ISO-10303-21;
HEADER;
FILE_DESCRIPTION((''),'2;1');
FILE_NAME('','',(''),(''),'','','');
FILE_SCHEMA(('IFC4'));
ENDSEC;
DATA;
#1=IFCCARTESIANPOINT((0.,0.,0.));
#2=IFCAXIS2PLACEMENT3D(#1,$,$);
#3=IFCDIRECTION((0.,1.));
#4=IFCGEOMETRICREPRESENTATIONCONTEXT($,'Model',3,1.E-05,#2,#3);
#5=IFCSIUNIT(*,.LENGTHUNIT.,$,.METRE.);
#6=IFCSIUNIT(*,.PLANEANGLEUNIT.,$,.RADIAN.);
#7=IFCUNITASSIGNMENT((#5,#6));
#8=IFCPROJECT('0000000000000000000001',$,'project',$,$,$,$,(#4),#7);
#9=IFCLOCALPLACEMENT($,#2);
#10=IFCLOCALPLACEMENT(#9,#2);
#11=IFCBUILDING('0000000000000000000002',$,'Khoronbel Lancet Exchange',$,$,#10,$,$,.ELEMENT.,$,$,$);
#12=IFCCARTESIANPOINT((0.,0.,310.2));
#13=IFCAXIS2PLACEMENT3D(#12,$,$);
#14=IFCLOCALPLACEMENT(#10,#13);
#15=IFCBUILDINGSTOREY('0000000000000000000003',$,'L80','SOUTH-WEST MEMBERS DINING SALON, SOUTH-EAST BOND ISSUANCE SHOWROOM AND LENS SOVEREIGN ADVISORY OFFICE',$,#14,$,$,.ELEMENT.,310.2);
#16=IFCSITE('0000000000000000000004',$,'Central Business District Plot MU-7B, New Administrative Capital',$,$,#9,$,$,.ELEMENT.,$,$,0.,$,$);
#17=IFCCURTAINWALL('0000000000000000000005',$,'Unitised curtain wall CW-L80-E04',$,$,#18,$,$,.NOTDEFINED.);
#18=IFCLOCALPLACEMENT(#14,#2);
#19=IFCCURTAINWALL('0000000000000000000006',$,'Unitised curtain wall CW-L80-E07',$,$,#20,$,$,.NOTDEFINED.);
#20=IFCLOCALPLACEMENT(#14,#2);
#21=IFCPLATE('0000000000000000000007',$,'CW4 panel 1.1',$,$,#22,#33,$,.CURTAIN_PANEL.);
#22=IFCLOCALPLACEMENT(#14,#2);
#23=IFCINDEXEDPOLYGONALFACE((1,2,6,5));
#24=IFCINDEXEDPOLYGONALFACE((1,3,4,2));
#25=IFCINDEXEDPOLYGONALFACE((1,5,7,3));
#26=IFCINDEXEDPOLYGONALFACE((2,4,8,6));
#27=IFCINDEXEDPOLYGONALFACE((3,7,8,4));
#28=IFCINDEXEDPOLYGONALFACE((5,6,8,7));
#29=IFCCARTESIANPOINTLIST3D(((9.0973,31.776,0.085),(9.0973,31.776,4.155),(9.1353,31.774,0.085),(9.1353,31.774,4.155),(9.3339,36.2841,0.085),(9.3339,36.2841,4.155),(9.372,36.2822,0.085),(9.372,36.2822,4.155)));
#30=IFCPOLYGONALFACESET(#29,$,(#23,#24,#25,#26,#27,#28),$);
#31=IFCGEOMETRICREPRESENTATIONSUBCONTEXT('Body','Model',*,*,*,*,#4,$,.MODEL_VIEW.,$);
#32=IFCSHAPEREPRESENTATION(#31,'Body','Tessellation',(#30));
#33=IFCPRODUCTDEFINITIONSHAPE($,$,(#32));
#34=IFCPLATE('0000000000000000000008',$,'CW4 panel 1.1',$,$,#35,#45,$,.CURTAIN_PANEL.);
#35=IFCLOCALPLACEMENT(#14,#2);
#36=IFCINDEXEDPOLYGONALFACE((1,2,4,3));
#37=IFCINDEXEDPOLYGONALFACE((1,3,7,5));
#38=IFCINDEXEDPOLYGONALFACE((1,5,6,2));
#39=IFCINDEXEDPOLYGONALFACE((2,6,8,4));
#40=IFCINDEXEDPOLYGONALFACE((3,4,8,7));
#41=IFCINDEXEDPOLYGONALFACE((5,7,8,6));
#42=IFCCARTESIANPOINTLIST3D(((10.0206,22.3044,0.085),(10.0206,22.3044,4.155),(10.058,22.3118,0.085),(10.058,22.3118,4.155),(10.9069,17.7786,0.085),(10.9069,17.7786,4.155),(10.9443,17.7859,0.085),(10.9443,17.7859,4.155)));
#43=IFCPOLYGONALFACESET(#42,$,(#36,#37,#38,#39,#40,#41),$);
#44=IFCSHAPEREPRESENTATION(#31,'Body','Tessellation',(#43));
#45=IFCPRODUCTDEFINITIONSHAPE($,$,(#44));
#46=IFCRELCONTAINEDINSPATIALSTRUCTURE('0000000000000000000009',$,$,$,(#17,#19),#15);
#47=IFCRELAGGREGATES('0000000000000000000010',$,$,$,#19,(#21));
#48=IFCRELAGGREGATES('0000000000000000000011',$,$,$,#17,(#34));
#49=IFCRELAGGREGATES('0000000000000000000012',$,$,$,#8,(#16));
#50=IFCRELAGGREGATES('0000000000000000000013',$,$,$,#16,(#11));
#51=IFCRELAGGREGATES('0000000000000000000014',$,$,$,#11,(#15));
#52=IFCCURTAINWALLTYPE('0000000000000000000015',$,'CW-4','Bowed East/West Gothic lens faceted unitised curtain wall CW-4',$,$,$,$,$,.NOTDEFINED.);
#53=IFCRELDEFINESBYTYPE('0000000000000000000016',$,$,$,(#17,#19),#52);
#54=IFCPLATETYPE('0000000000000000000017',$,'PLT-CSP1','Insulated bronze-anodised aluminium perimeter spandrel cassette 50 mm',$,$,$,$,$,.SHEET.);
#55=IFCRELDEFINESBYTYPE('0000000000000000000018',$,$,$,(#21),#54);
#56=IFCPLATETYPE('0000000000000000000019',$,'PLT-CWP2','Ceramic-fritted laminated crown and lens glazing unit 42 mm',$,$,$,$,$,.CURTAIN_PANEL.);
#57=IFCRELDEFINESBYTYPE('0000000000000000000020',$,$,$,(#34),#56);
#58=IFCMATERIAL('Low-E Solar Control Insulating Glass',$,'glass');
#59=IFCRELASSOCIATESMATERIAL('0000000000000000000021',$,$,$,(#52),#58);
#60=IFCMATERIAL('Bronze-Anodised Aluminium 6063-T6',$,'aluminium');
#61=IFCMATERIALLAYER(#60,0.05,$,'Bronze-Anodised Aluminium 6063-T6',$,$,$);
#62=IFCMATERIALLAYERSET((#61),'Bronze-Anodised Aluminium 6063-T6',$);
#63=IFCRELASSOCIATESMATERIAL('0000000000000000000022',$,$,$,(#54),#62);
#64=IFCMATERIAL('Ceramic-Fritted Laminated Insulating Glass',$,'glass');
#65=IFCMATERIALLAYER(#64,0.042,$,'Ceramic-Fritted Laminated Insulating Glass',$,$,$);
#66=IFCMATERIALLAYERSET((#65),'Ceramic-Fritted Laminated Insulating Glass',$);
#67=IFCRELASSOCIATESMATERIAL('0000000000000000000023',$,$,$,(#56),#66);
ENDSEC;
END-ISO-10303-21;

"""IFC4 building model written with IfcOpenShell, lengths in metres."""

from ifc_helpers import new_model, si_unit, direction, frame, origin, origin_2d, place, context, subcontext, project, spatial, rectangle, extrude, material, layer, layer_set, type_object, element, aggregate, save


model = new_model("IFC4")

# Units and contexts
model_context = context("Model", 3, precision=1e-05, world=origin(), true_north=direction((0.0, 1.0)))
body_context = subcontext(model_context, "Body", "Model", "MODEL_VIEW")
ifc_project = project(units=[si_unit("LENGTHUNIT", "METRE"), si_unit("PLANEANGLEUNIT", "RADIAN")], contexts=[model_context])

# Site, building, storey
site_placement = place(None, origin())
site = spatial("IfcSite", under=ifc_project, at=site_placement, Name="Central Business District Plot MU-7B, New Administrative Capital", CompositionType="ELEMENT", RefElevation=0.0)
building_placement = place(site_placement, origin())
building = spatial("IfcBuilding", under=site, at=building_placement, Name="Khoronbel Lancet Exchange", CompositionType="ELEMENT")
storey_placement = place(building_placement, frame((0.0, 0.0, 310.2)))
storey = spatial("IfcBuildingStorey", under=building, at=storey_placement, Name="L80", Description="SOUTH-WEST MEMBERS DINING SALON, SOUTH-EAST BOND ISSUANCE SHOWROOM AND LENS SOVEREIGN ADVISORY OFFICE", CompositionType="ELEMENT", Elevation=310.2)

# Curtain wall
ifc_material_1 = material(Name="Low-E Solar Control Insulating Glass", Category="glass")
curtain_wall_type = type_object("IfcCurtainWallType", Name="CW-4", Description="Bowed East/West Gothic lens faceted unitised curtain wall CW-4", PredefinedType="NOTDEFINED", material=ifc_material_1)
curtain_wall_1_placement = place(storey_placement, origin())
curtain_wall_1 = element("IfcCurtainWall", 1, at=curtain_wall_1_placement, inside=storey, type_object=curtain_wall_type, Name="Unitised curtain wall CW-L80-E04", PredefinedType="NOTDEFINED")
ifc_material_2 = material(Name="Bronze-Anodised Aluminium 6063-T6", Category="aluminium")

# Curtain wall
curtain_wall_2_placement = place(storey_placement, origin())
curtain_wall_2 = element("IfcCurtainWall", 2, at=curtain_wall_2_placement, inside=storey, type_object=curtain_wall_type, Name="Unitised curtain wall CW-L80-E07", PredefinedType="NOTDEFINED")

# Plates
ifc_layer_1 = layer(ifc_material_2, 0.05, Name="Bronze-Anodised Aluminium 6063-T6")
ifc_layer_set_1 = layer_set([ifc_layer_1], Name="Bronze-Anodised Aluminium 6063-T6")
plate_type_1 = type_object("IfcPlateType", Name="PLT-CSP1", Description="Insulated bronze-anodised aluminium perimeter spandrel cassette 50 mm", PredefinedType="SHEET", material=ifc_layer_set_1)
plate_1_placement = place(storey_placement, frame((9.2346, 34.0291, 0.085), z_axis=(0.0, 0.0, 1.0), x_axis=(0.052419, 0.998625, 0.0)))
plate_1 = element("IfcPlate", 3, at=plate_1_placement, type_object=plate_type_1, Name="CW4 panel 1.1", PredefinedType="CURTAIN_PANEL", context=body_context, shape_type="SweptSolid", body=[
    extrude(rectangle(XDim=4.5144, YDim=0.0381, at=origin_2d()), origin(), (0.0, 0.0, 1.0), 4.0701),
])
aggregate(curtain_wall_2, [plate_1])
ifc_material_3 = material(Name="Ceramic-Fritted Laminated Insulating Glass", Category="glass")
ifc_layer_2 = layer(ifc_material_3, 0.042, Name="Ceramic-Fritted Laminated Insulating Glass")
ifc_layer_set_2 = layer_set([ifc_layer_2], Name="Ceramic-Fritted Laminated Insulating Glass")
plate_type_2 = type_object("IfcPlateType", Name="PLT-CWP2", Description="Ceramic-fritted laminated crown and lens glazing unit 42 mm", PredefinedType="CURTAIN_PANEL", material=ifc_layer_set_2)
plate_2_placement = place(storey_placement, frame((10.4824, 20.0452, 0.085), z_axis=(0.0, 0.0, 1.0), x_axis=(-0.192177, 0.98136, 0.0)))
plate_2 = element("IfcPlate", 4, at=plate_2_placement, type_object=plate_type_2, Name="CW4 panel 1.1", PredefinedType="CURTAIN_PANEL", context=body_context, shape_type="SweptSolid", body=[
    extrude(rectangle(XDim=4.6118, YDim=0.0381, at=origin_2d()), origin(), (0.0, 0.0, 1.0), 4.0701),
])
aggregate(curtain_wall_1, [plate_2])

save(model, "model.ifc")
